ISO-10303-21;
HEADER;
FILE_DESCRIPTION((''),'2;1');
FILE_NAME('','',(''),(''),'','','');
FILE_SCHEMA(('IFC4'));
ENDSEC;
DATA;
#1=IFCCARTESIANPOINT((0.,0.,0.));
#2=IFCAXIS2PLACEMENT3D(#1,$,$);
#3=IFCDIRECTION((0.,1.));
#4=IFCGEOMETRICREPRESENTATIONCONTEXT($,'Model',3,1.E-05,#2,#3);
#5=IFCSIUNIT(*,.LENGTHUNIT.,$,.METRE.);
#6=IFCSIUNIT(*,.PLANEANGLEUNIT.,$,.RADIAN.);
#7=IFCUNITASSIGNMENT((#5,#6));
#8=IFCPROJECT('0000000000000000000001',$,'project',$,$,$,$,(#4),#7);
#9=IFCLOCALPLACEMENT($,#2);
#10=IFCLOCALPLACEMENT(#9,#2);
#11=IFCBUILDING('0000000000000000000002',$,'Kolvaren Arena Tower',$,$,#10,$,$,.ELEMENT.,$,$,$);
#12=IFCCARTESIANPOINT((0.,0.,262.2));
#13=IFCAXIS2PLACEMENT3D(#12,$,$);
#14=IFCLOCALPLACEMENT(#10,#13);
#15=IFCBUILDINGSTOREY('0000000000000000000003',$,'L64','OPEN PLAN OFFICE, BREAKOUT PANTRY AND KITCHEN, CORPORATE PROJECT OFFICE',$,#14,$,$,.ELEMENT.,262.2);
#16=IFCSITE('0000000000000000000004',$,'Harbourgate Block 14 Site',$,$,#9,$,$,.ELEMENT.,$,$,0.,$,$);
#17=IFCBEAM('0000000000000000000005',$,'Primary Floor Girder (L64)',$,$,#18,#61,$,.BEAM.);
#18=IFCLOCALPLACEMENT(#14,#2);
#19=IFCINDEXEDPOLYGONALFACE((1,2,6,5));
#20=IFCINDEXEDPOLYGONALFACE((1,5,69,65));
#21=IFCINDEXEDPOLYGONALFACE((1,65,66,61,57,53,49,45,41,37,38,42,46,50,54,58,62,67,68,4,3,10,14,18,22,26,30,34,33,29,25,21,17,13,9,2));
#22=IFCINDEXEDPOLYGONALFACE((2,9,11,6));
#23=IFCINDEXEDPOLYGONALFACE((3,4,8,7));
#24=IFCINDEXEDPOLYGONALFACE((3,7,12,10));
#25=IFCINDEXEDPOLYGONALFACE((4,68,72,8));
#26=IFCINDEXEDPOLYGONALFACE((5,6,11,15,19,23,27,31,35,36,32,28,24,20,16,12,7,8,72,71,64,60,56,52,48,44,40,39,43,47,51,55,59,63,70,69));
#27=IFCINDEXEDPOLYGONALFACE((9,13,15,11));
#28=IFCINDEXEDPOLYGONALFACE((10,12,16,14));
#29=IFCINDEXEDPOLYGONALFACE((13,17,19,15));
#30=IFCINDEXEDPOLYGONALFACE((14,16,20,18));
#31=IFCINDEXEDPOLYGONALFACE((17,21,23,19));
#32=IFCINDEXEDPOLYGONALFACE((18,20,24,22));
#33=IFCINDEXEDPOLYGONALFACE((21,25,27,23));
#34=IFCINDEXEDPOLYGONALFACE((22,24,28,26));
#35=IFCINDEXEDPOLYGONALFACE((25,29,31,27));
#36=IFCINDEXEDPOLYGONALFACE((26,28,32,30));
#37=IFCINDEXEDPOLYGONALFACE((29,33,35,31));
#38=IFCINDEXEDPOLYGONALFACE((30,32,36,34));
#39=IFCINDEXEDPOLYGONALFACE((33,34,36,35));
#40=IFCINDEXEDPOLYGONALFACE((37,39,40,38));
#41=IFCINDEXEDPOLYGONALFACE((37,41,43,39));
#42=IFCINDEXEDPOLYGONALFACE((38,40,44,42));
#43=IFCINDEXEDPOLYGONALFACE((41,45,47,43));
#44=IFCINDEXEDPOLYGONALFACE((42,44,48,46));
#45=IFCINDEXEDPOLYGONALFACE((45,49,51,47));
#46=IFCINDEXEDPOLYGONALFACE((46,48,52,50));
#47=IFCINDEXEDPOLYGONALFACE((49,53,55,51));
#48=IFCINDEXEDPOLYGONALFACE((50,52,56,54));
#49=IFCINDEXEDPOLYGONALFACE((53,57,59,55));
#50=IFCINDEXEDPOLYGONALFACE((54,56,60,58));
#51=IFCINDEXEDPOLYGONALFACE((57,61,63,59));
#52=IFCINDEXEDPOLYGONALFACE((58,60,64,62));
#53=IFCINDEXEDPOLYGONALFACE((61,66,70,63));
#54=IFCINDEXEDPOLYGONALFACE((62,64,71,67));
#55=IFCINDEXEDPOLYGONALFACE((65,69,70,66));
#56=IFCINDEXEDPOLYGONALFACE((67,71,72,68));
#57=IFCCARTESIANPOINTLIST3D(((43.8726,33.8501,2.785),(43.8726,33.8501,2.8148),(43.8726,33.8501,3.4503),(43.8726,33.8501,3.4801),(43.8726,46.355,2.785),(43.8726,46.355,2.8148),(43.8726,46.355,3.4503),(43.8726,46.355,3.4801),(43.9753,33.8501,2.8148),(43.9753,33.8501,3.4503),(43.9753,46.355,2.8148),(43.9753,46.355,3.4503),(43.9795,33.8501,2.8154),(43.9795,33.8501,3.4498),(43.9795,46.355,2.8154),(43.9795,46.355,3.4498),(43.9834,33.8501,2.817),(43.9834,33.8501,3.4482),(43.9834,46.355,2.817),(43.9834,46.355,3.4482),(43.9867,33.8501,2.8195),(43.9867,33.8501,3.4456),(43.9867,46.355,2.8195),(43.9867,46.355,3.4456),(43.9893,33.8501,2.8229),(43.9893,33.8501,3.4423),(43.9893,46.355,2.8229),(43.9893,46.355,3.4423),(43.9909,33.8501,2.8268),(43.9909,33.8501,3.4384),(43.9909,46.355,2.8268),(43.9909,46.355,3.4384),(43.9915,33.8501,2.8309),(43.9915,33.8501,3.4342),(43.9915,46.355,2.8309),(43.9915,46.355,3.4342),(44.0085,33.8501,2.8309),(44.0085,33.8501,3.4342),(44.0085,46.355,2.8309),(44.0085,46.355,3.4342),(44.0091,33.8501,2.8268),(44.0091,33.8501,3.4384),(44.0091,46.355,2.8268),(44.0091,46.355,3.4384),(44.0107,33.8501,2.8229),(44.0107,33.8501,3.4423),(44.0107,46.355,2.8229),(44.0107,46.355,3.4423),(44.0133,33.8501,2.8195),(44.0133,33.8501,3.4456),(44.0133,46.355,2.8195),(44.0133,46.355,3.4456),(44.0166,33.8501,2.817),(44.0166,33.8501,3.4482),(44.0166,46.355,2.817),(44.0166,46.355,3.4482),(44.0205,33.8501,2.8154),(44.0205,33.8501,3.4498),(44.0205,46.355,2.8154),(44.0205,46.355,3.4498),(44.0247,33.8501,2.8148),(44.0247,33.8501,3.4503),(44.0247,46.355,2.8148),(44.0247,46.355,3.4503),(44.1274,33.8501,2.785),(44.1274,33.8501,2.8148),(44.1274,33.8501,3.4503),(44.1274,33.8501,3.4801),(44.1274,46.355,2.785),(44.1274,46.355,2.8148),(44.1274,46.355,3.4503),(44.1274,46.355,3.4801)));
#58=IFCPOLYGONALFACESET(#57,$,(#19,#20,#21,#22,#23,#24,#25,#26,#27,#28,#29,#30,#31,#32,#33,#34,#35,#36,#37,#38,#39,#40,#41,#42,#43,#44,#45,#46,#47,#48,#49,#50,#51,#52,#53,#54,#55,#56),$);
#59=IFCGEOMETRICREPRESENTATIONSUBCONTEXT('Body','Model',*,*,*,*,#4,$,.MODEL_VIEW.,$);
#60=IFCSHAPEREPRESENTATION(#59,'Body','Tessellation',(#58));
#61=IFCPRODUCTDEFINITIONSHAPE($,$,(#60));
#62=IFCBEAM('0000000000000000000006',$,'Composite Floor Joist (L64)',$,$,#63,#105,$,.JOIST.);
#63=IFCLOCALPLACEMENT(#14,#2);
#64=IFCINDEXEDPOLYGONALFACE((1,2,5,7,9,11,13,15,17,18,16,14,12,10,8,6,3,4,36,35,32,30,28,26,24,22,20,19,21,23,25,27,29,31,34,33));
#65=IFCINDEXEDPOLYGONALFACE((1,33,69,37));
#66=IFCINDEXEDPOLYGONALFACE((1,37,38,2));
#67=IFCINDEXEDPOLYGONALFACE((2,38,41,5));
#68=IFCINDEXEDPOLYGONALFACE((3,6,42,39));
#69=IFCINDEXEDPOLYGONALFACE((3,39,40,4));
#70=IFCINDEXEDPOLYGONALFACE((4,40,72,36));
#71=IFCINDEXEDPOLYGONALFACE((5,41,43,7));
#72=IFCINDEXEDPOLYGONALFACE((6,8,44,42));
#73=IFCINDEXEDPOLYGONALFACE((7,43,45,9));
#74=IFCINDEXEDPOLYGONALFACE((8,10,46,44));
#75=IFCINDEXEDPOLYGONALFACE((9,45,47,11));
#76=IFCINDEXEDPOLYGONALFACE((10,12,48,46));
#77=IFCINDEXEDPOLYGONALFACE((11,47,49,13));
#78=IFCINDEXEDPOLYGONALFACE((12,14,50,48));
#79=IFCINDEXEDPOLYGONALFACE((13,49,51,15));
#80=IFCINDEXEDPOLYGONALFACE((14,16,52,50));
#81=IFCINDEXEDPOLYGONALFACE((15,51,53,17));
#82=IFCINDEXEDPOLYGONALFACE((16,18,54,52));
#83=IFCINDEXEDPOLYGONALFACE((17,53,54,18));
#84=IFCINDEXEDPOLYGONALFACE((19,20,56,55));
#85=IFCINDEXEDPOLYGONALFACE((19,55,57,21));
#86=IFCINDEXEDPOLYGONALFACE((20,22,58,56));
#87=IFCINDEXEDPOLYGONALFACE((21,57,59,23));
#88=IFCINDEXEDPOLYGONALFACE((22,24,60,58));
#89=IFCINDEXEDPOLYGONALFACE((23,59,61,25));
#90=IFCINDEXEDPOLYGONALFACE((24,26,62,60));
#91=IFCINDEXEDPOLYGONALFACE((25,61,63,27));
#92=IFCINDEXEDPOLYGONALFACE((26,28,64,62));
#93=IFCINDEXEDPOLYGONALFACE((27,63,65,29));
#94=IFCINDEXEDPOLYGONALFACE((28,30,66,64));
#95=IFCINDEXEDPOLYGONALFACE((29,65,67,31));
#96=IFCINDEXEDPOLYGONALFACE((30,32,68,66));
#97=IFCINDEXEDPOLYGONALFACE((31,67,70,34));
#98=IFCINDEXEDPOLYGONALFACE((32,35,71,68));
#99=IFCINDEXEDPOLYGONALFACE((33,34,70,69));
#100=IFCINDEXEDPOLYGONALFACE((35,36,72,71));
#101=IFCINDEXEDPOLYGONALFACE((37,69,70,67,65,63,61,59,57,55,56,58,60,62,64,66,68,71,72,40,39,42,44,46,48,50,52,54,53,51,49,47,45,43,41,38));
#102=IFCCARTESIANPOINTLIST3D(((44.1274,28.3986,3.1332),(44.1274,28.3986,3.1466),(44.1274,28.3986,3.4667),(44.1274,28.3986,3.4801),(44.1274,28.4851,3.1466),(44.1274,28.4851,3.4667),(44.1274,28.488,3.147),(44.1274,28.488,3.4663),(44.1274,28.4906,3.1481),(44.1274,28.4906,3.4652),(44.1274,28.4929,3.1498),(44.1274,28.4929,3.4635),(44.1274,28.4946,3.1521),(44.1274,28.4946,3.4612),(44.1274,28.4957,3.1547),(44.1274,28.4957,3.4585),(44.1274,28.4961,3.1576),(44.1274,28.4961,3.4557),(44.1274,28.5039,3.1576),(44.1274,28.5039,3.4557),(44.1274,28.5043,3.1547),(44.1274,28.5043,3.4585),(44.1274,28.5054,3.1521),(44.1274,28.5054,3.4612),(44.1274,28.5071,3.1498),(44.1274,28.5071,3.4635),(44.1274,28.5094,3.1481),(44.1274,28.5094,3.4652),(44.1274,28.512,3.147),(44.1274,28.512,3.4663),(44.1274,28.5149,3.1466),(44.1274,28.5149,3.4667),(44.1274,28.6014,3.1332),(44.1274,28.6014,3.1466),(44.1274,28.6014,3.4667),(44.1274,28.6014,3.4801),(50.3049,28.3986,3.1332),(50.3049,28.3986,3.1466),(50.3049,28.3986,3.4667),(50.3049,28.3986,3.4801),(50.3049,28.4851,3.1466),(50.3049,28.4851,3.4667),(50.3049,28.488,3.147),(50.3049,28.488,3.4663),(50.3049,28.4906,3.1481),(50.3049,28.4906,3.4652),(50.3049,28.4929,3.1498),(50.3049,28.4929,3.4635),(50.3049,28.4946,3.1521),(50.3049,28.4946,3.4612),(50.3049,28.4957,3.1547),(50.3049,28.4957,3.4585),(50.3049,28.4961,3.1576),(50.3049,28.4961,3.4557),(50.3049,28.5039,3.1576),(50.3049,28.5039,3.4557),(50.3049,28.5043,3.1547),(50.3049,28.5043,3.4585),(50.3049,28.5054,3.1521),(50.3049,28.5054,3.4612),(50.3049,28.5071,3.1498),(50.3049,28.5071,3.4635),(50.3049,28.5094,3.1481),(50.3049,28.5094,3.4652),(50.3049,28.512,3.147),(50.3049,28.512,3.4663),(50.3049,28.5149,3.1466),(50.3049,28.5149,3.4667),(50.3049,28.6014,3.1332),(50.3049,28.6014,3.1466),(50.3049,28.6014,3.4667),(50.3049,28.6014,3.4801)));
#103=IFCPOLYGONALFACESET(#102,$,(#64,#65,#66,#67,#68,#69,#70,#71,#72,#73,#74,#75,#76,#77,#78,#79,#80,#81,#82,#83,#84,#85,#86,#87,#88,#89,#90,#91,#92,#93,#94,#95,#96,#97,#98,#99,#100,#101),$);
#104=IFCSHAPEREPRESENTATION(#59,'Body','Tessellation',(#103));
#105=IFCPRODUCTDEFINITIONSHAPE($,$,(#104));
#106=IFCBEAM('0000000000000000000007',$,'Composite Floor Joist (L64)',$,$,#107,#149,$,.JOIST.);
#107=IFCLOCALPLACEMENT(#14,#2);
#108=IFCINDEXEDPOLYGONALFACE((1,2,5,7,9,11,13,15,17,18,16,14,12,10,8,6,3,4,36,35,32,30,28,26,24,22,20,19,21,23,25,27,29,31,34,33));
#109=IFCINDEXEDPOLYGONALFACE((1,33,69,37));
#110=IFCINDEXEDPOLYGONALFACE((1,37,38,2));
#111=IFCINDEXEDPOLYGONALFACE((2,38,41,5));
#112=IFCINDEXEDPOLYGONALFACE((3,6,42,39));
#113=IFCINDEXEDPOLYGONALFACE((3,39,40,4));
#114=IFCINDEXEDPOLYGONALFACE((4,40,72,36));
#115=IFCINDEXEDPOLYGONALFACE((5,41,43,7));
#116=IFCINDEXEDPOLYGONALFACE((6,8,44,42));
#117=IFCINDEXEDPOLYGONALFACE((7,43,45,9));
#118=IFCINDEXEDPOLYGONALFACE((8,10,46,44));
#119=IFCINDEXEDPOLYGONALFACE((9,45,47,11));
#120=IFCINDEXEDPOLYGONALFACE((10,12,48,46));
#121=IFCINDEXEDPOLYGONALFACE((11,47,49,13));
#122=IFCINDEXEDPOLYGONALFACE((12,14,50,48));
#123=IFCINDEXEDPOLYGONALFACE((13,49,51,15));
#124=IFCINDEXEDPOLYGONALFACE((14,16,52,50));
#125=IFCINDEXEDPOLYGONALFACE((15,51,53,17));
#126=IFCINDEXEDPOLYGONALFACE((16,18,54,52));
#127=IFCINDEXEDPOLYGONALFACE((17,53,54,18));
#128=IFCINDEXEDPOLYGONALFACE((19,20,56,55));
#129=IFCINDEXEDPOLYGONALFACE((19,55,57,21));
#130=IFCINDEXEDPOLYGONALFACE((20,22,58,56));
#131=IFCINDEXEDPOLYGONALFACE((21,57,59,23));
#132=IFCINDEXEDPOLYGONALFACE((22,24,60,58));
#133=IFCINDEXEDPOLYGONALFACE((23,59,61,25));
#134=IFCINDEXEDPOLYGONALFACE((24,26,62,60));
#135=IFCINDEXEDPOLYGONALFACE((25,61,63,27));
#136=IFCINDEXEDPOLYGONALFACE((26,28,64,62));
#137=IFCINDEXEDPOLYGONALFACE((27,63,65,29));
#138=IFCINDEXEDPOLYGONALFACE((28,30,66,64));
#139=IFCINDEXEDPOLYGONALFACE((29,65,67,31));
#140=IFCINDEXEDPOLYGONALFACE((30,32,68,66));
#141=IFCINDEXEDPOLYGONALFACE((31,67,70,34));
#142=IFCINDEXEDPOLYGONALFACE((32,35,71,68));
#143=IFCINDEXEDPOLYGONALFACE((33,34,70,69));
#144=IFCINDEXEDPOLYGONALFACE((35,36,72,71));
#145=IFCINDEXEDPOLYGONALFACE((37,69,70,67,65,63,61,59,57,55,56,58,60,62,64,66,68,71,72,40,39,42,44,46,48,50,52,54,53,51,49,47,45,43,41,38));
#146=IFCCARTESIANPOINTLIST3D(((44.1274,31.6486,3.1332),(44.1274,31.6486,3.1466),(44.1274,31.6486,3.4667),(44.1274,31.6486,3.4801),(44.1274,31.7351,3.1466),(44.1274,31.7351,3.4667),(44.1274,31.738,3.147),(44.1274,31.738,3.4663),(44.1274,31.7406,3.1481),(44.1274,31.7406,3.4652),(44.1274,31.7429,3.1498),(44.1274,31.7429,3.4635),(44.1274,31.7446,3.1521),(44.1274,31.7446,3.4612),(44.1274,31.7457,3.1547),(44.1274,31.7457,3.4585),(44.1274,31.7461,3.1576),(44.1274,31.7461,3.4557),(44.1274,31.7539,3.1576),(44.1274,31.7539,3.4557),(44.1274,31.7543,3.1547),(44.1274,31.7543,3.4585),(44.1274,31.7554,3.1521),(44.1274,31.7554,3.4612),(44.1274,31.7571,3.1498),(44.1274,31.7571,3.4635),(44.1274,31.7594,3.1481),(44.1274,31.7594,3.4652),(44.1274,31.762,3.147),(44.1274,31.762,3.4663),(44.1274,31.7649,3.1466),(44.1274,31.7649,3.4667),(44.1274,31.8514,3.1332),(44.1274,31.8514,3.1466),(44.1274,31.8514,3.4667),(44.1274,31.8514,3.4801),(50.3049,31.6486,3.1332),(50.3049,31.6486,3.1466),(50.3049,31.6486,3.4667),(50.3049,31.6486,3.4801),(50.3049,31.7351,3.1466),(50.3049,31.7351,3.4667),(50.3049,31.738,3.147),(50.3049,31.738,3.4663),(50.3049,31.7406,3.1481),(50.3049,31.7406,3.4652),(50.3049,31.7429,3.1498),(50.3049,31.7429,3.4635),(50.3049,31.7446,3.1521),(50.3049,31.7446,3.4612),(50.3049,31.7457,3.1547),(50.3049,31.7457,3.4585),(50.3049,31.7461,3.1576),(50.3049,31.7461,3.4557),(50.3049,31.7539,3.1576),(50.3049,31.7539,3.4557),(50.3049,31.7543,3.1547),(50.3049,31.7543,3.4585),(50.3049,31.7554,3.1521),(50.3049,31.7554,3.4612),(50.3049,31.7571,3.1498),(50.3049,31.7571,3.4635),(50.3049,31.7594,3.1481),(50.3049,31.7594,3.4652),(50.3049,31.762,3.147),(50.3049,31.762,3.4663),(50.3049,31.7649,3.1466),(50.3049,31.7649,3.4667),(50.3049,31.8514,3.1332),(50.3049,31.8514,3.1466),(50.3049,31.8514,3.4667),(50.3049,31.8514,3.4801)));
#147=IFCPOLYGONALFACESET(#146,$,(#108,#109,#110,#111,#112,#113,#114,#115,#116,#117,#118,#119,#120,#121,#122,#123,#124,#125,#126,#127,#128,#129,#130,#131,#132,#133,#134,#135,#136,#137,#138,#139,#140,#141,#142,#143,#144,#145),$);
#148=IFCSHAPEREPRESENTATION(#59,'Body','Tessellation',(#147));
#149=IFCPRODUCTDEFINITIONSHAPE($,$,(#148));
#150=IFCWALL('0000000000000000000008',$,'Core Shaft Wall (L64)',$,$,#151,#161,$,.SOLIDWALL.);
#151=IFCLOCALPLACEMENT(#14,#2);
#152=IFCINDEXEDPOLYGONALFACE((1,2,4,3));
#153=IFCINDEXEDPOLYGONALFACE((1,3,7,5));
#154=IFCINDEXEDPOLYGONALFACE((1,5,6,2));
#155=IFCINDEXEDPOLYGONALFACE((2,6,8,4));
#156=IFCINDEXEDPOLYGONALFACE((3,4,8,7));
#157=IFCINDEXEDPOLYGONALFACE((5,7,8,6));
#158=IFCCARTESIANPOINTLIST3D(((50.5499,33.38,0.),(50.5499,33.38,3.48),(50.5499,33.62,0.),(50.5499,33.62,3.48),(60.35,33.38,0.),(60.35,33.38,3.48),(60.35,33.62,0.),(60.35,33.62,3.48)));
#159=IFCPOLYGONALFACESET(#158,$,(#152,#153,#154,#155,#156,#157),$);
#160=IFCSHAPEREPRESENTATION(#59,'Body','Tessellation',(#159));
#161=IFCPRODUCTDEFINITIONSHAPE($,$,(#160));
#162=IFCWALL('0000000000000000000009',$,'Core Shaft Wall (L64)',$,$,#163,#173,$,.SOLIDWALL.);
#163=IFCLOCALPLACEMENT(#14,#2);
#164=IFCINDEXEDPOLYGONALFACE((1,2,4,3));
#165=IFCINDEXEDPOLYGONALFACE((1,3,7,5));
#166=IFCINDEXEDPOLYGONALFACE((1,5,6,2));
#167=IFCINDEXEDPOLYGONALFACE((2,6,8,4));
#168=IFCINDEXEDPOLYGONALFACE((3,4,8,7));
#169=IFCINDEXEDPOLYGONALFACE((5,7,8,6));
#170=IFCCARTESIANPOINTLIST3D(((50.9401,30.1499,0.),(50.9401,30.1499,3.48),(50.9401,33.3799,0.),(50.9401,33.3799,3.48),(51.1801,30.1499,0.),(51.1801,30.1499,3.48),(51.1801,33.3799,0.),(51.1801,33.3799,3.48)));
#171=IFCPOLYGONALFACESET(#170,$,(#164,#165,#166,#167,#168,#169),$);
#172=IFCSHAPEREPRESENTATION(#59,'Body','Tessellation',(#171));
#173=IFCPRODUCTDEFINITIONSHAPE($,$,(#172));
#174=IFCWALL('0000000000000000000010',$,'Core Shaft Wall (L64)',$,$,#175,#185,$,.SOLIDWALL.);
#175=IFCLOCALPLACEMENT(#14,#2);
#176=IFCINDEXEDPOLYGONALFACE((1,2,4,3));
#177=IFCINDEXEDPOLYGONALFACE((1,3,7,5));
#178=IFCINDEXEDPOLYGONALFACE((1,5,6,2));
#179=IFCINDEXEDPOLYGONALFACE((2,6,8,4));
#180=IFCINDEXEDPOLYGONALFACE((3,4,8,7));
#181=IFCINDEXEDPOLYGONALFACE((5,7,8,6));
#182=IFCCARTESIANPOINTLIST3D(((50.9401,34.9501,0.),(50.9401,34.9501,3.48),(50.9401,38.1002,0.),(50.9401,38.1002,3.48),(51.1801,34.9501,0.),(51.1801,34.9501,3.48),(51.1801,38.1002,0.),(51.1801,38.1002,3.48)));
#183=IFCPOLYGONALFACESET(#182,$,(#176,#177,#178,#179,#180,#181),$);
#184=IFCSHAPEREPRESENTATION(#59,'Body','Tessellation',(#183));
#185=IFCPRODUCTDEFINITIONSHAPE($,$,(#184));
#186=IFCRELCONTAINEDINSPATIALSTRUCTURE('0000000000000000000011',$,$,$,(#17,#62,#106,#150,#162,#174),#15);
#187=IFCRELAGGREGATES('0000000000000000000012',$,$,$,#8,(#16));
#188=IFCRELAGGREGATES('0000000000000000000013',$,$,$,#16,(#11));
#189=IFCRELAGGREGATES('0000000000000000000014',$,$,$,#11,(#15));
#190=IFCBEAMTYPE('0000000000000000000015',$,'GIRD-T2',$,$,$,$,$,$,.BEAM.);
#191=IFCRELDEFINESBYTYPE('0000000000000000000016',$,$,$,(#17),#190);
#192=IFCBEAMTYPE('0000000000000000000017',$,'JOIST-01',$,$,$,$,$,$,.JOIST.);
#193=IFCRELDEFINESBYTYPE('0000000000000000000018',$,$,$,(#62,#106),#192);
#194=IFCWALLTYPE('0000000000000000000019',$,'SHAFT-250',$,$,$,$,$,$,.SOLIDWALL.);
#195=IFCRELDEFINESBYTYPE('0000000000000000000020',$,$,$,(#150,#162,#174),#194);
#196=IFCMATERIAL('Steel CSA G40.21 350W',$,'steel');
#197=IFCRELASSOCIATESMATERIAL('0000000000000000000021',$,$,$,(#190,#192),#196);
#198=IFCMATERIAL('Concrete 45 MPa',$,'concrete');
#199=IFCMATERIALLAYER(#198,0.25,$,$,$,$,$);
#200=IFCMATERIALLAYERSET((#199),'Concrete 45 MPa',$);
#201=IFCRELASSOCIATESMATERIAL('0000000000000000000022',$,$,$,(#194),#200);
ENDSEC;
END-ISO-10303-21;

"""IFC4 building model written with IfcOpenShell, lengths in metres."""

from ifc_helpers import new_model, si_unit, direction, frame, frame_2d, origin, origin_2d, place, context, subcontext, project, spatial, rectangle, i_section, extrude, material, layer, layer_set, material_profile, profile_set, type_object, element, save


model = new_model("IFC4")

# Units and contexts
model_context = context("Model", 3, precision=1e-05, world=origin(), true_north=direction((0.0, 1.0)))
body_context = subcontext(model_context, "Body", "Model", "MODEL_VIEW")
ifc_project = project(units=[si_unit("LENGTHUNIT", "METRE"), si_unit("PLANEANGLEUNIT", "RADIAN")], contexts=[model_context])

# Site, building, storey
site_placement = place(None, origin())
site = spatial("IfcSite", under=ifc_project, at=site_placement, Name="Harbourgate Block 14 Site", CompositionType="ELEMENT", RefElevation=0.0)
building_placement = place(site_placement, origin())
building = spatial("IfcBuilding", under=site, at=building_placement, Name="Kolvaren Arena Tower", CompositionType="ELEMENT")
storey_placement = place(building_placement, frame((0.0, 0.0, 262.2)))
storey = spatial("IfcBuildingStorey", under=building, at=storey_placement, Name="L64", Description="OPEN PLAN OFFICE, BREAKOUT PANTRY AND KITCHEN, CORPORATE PROJECT OFFICE", CompositionType="ELEMENT", Elevation=262.2)

# Beams
ifc_material_1 = material(Name="Steel CSA G40.21 350W", Category="steel")
ifc_material_profile_1 = material_profile(ifc_material_1, i_section(OverallWidth=0.2549, OverallDepth=0.6951, WebThickness=0.0171, FlangeThickness=0.0298, FilletRadius=0.0161, at=origin_2d()), Name="W690x217")
ifc_profile_set_1 = profile_set([ifc_material_profile_1], Name="Steel CSA G40.21 350W")
beam_type_1 = type_object("IfcBeamType", Name="GIRD-T2", PredefinedType="BEAM", material=ifc_profile_set_1)
beam_1_placement = place(storey_placement, frame((44.0, 33.8501, 3.1326), z_axis=(0.0, 1.0, 0.0), x_axis=(-1.0, 0.0, 0.0)))
element("IfcBeam", 1, at=beam_1_placement, inside=storey, type_object=beam_type_1, Name="Primary Floor Girder (L64)", PredefinedType="BEAM", context=body_context, shape_type="SweptSolid", body=[
    extrude(i_section(OverallWidth=0.2549, OverallDepth=0.6951, WebThickness=0.0171, FlangeThickness=0.0298, FilletRadius=0.0161, at=origin_2d()), origin(), (0.0, 0.0, 1.0), 12.5049),
])
ifc_material_profile_2 = material_profile(ifc_material_1, i_section(OverallWidth=0.2029, OverallDepth=0.3469, WebThickness=0.0078, FlangeThickness=0.0134, FilletRadius=0.011, at=origin_2d()), Name="W360x64")
ifc_profile_set_2 = profile_set([ifc_material_profile_2], Name="Steel CSA G40.21 350W")
beam_type_2 = type_object("IfcBeamType", Name="JOIST-01", PredefinedType="JOIST", material=ifc_profile_set_2)
for number, where, z_axis, x_axis, name in (
    (2, (44.1274, 28.5, 3.3066), (1.0, 0.0, 0.0), (0.0, 1.0, 0.0), "Composite Floor Joist (L64)"),
    (3, (44.1274, 31.75, 3.3066), (1.0, 0.0, 0.0), (0.0, 1.0, 0.0), "Composite Floor Joist (L64)"),
):
    element("IfcBeam", number, at=place(storey_placement, frame(where, z_axis=z_axis, x_axis=x_axis)), inside=storey, type_object=beam_type_2, Name=name, PredefinedType="JOIST", context=body_context, shape_type="SweptSolid", body=[
        extrude(i_section(OverallWidth=0.2029, OverallDepth=0.3469, WebThickness=0.0078, FlangeThickness=0.0134, FilletRadius=0.011, at=origin_2d()), origin(), (0.0, 0.0, 1.0), 6.1775),
    ])

# Walls
ifc_material_2 = material(Name="Concrete 45 MPa", Category="concrete")
ifc_layer = layer(ifc_material_2, 0.25)
ifc_layer_set = layer_set([ifc_layer], Name="Concrete 45 MPa")
wall_type = type_object("IfcWallType", Name="SHAFT-250", PredefinedType="SOLIDWALL", material=ifc_layer_set)
wall_1_placement = place(storey_placement, frame((50.55, 33.5, 0.0), z_axis=(0.0, 0.0, 1.0), x_axis=(1.0, 0.0, 0.0)))
element("IfcWall", 4, at=wall_1_placement, inside=storey, type_object=wall_type, Name="Core Shaft Wall (L64)", PredefinedType="SOLIDWALL", context=body_context, shape_type="SweptSolid", body=[
    extrude(rectangle(XDim=9.8, YDim=0.24, at=frame_2d((4.8999, 0.0))), origin(), (0.0, 0.0, 1.0), 3.48),
])
wall_2_placement = place(storey_placement, frame((51.0601, 30.1499, 0.0), z_axis=(0.0, 0.0, 1.0), x_axis=(0.0, 1.0, 0.0)))
element("IfcWall", 5, at=wall_2_placement, inside=storey, type_object=wall_type, Name="Core Shaft Wall (L64)", PredefinedType="SOLIDWALL", context=body_context, shape_type="SweptSolid", body=[
    extrude(rectangle(XDim=3.23, YDim=0.24, at=frame_2d((1.615, 0.0))), origin(), (0.0, 0.0, 1.0), 3.48),
])
wall_3_placement = place(storey_placement, frame((51.0601, 34.95, 0.0), z_axis=(0.0, 0.0, 1.0), x_axis=(0.0, 1.0, 0.0)))
element("IfcWall", 6, at=wall_3_placement, inside=storey, type_object=wall_type, Name="Core Shaft Wall (L64)", PredefinedType="SOLIDWALL", context=body_context, shape_type="SweptSolid", body=[
    extrude(rectangle(XDim=3.1501, YDim=0.24, at=frame_2d((1.5752, 0.0))), origin(), (0.0, 0.0, 1.0), 3.48),
])

save(model, "model.ifc")
